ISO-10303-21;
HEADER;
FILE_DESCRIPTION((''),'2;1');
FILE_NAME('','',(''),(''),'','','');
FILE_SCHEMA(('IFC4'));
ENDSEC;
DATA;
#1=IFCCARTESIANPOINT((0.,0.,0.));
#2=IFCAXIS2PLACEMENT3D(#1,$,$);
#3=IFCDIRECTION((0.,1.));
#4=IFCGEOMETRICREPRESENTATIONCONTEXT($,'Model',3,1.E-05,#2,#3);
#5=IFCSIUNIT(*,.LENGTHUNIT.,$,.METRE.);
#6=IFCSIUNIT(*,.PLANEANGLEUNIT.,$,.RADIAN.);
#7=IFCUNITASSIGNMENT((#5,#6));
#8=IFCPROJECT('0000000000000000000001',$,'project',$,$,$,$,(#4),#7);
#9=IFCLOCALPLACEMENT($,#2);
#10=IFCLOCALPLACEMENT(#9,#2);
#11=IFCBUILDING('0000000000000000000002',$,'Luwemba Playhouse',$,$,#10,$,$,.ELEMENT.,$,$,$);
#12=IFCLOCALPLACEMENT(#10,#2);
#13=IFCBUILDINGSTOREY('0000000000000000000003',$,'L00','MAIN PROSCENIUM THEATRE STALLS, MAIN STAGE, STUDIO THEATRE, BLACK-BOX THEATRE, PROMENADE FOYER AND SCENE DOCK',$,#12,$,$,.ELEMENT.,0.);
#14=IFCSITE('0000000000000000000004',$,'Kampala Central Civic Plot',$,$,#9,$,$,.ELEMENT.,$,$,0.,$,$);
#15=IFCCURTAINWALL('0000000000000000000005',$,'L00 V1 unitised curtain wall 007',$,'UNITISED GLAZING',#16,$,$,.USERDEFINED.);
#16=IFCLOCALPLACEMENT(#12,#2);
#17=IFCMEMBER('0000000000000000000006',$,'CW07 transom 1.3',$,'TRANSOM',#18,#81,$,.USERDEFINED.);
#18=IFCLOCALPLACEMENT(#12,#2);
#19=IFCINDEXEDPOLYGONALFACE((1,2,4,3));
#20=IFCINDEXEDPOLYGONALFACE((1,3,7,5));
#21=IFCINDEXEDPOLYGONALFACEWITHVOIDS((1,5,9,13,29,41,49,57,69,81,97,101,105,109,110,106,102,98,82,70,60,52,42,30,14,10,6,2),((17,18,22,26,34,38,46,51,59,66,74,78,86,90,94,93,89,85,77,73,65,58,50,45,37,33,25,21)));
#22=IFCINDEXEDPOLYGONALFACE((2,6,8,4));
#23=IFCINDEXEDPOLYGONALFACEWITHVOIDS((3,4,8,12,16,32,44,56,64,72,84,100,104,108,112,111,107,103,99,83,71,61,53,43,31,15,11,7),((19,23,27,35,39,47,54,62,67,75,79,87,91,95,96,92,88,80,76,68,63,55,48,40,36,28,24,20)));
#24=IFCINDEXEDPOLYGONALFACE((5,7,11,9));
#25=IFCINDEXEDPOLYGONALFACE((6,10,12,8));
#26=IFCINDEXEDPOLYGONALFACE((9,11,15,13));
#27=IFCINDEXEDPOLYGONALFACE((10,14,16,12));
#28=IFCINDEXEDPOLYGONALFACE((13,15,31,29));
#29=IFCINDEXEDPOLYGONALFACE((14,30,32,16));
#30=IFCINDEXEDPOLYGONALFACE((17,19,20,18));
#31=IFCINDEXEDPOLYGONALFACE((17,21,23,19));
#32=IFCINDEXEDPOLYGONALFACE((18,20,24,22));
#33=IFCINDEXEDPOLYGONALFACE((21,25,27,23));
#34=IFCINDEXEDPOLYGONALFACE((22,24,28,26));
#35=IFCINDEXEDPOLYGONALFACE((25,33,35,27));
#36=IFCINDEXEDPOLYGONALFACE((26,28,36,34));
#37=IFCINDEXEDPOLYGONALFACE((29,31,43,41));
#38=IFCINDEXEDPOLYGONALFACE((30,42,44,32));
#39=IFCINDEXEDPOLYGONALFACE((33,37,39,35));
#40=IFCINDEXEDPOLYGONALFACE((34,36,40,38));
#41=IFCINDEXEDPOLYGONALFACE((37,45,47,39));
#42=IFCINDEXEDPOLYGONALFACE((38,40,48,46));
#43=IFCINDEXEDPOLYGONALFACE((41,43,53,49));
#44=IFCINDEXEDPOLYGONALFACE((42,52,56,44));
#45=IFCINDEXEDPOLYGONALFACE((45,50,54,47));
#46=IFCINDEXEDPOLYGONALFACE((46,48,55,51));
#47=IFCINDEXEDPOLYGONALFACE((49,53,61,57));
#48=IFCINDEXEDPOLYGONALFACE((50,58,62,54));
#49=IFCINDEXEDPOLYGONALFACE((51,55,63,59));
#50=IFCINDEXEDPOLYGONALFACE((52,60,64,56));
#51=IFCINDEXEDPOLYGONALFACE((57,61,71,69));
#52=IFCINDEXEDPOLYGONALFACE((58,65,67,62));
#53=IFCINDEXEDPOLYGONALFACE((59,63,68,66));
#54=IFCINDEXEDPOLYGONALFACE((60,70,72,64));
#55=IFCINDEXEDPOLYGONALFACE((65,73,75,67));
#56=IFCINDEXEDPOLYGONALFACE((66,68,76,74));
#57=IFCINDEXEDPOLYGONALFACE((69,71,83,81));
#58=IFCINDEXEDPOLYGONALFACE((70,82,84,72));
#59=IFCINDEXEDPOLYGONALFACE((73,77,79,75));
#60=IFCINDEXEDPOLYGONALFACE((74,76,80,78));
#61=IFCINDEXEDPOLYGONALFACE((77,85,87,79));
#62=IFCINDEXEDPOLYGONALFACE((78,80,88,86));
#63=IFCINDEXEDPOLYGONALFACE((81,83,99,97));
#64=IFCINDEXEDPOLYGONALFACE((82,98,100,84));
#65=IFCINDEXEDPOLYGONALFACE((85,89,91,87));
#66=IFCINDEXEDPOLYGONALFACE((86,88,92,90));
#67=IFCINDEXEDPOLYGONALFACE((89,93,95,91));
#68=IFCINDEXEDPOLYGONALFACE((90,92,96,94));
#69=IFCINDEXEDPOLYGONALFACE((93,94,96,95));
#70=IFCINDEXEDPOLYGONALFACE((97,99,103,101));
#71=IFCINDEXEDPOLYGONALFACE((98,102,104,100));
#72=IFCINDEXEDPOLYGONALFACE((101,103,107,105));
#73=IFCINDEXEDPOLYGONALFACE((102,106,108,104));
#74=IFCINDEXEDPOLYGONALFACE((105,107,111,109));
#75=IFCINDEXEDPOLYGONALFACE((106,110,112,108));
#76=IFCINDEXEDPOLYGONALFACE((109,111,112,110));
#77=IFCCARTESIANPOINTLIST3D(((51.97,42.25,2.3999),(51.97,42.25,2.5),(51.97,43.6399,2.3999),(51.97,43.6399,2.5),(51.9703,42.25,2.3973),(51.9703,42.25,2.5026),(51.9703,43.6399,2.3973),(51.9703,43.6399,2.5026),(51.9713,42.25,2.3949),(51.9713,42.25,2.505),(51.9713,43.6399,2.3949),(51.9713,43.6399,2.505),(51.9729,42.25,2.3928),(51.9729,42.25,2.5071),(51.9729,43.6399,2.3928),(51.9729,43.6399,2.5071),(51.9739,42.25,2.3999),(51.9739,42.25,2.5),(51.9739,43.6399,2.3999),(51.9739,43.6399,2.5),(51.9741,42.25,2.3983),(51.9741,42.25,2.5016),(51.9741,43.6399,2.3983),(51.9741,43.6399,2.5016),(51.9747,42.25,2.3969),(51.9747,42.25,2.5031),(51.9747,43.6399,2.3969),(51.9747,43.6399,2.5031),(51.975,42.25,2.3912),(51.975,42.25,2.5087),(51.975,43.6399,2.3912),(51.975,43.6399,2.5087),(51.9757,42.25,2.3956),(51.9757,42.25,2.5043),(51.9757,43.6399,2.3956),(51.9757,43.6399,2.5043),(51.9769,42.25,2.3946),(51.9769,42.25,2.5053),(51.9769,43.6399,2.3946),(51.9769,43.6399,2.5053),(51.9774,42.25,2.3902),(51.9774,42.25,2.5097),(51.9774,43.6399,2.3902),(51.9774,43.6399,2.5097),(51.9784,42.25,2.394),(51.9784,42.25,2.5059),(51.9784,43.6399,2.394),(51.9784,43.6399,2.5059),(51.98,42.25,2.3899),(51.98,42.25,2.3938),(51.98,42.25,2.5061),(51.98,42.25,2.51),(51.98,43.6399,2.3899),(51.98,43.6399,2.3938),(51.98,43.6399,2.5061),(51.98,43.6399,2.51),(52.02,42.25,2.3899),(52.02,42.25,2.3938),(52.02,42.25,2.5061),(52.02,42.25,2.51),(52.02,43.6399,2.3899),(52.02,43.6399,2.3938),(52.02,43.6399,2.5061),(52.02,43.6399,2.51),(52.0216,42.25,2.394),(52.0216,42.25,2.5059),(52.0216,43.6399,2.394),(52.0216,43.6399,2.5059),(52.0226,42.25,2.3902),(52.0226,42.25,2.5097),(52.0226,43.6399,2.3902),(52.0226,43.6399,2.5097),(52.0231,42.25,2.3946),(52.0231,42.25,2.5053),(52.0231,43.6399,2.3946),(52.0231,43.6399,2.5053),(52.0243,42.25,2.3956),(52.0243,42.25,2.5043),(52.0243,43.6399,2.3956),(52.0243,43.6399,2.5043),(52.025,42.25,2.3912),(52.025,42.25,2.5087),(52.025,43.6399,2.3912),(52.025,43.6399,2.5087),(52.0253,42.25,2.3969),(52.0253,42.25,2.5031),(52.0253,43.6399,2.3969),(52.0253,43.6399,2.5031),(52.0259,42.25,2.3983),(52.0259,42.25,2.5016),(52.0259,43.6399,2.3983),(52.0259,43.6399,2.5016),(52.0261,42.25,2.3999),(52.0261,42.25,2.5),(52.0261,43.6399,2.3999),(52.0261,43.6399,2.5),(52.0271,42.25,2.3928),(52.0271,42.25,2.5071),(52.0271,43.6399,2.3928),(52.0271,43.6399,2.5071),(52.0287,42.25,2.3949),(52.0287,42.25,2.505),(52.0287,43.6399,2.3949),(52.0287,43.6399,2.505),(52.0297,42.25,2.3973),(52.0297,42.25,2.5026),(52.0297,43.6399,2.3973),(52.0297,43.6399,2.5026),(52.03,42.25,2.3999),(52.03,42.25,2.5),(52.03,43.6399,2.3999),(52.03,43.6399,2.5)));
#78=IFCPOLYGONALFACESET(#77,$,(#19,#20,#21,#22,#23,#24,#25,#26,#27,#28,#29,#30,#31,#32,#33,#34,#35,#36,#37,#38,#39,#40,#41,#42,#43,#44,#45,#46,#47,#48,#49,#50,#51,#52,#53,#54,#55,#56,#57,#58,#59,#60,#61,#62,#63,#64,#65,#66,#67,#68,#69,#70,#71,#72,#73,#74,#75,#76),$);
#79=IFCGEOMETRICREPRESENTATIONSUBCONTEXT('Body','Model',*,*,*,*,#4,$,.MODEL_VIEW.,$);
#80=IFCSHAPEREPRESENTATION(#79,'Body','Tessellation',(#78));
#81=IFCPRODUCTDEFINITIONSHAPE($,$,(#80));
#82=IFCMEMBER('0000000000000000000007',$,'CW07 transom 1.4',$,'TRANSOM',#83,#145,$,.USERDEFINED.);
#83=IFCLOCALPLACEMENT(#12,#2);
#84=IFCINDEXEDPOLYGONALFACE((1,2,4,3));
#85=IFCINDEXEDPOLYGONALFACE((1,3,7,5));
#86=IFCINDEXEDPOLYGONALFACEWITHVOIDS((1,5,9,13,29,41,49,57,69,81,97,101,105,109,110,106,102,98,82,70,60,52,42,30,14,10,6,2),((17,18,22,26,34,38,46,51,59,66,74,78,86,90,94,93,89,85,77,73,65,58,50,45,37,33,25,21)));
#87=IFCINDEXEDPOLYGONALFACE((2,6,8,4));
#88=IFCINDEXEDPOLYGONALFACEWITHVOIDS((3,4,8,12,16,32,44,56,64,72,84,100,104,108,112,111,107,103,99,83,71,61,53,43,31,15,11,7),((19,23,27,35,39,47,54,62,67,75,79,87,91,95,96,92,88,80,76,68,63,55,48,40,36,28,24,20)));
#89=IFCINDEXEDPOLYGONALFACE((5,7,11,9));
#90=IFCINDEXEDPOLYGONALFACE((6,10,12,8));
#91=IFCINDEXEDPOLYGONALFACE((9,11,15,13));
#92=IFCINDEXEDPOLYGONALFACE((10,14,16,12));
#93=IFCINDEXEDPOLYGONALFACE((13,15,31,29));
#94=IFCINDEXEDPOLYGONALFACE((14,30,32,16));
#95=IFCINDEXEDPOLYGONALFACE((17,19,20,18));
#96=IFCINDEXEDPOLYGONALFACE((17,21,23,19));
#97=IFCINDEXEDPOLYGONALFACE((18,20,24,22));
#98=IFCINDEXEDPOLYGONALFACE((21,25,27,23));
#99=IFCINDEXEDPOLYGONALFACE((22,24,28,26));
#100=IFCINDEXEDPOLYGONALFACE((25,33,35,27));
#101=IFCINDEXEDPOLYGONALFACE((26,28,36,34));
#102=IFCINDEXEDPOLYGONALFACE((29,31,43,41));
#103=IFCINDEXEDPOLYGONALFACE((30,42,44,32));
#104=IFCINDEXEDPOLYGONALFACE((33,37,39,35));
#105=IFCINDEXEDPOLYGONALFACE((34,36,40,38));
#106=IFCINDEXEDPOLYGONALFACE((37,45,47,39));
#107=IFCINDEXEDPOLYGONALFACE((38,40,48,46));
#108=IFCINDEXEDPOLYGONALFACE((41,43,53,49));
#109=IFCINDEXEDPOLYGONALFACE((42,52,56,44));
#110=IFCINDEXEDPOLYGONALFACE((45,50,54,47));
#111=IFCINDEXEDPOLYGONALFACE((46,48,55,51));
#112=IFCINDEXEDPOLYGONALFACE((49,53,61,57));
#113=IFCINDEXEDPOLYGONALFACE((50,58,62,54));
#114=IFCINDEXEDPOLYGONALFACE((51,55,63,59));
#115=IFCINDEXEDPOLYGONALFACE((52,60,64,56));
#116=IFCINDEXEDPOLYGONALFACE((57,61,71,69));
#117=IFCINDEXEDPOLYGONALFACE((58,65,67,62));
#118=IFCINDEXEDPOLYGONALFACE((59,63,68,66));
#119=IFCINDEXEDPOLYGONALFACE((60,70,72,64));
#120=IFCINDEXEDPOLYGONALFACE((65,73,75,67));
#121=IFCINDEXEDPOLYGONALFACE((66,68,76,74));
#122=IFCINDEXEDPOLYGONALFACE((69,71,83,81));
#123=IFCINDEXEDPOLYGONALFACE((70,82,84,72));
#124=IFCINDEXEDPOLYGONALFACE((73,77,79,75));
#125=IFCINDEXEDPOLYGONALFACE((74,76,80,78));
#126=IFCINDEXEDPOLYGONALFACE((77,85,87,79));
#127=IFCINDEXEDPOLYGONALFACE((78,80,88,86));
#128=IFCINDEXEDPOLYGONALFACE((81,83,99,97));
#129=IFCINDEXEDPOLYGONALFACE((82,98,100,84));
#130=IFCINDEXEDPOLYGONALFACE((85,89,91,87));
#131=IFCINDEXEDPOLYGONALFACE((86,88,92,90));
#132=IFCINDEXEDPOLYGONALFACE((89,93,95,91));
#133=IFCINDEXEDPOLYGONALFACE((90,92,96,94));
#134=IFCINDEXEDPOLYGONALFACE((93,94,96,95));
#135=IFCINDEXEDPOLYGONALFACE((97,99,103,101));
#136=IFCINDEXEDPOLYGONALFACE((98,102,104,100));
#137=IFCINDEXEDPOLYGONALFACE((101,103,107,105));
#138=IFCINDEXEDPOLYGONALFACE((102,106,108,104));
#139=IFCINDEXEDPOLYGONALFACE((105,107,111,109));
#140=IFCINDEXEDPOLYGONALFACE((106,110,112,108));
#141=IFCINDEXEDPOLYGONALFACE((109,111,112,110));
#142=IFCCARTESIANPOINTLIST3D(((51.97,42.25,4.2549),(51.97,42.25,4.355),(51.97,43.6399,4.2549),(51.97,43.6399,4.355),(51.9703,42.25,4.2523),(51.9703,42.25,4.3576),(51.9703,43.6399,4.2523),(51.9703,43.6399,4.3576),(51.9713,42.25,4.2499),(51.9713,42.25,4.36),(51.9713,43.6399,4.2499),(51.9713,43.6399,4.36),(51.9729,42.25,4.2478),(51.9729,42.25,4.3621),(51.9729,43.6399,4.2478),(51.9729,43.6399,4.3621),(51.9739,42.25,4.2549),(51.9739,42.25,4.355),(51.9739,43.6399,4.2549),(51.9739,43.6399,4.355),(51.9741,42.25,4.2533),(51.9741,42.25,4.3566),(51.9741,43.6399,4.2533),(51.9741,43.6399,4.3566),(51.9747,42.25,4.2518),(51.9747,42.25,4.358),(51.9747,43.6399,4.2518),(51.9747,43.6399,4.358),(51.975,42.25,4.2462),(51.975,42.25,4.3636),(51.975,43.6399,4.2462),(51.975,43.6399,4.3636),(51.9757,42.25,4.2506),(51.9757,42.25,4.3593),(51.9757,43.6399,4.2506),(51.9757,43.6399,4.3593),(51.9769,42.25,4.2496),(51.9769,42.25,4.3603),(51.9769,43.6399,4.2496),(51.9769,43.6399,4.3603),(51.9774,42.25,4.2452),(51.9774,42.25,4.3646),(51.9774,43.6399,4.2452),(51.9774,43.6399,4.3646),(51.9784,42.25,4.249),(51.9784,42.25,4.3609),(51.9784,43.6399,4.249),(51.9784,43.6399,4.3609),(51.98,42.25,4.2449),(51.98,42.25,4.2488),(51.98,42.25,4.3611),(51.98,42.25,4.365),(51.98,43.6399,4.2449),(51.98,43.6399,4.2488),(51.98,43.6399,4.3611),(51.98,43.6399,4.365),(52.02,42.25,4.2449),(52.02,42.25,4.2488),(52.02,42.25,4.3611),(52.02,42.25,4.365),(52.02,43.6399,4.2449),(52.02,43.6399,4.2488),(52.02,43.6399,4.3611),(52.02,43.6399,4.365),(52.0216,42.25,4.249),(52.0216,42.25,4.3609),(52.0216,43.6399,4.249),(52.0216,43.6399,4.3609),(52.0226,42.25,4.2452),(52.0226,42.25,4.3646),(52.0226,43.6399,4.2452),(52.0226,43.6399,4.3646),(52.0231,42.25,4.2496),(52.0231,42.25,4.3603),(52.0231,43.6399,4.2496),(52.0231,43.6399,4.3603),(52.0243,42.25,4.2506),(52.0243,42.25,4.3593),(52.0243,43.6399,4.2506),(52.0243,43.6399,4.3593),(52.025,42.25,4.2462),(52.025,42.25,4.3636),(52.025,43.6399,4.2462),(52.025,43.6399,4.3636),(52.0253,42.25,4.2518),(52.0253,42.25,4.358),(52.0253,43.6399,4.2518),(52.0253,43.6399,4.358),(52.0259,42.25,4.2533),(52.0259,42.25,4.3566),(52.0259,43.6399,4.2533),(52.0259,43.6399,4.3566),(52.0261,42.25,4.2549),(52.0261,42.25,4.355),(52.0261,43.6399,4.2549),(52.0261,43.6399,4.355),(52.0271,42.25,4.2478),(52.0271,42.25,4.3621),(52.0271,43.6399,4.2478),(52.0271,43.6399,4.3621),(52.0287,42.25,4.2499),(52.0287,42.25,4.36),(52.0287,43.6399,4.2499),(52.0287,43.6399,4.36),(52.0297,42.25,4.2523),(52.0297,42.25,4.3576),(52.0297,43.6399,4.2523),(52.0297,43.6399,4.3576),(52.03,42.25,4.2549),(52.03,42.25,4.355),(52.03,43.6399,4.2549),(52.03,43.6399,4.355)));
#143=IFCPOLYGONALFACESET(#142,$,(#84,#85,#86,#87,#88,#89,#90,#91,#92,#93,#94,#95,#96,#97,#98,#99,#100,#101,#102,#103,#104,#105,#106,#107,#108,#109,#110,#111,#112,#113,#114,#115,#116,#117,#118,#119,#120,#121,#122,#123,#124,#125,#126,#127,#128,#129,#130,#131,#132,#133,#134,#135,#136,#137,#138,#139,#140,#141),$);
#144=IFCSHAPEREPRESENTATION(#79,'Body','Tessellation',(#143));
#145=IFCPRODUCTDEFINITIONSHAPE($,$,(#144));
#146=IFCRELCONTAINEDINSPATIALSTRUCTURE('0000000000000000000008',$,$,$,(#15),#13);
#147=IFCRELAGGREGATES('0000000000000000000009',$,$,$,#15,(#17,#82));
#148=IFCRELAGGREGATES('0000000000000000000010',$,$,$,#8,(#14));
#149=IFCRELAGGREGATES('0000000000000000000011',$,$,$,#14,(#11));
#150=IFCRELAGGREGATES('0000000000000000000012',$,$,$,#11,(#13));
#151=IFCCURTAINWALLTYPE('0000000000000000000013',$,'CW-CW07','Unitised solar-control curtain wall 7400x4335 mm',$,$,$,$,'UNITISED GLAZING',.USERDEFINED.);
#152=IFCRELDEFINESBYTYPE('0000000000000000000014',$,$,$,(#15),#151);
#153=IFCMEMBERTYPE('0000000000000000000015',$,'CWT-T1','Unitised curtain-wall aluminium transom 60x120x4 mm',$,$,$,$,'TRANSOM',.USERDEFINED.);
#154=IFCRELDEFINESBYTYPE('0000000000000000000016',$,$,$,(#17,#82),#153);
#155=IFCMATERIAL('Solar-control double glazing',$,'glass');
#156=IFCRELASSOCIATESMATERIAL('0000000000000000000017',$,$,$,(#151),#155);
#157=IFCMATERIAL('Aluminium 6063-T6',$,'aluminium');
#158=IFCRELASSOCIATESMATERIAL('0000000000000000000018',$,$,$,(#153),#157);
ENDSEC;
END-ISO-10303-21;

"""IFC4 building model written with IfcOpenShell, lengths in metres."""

from ifc_helpers import new_model, si_unit, direction, frame, origin, origin_2d, place, context, subcontext, project, spatial, hollow_rectangle, extrude, material, material_profile, profile_set, type_object, element, aggregate, save


model = new_model("IFC4")

# Units and contexts
model_context = context("Model", 3, precision=1e-05, world=origin(), true_north=direction((0.0, 1.0)))
body_context = subcontext(model_context, "Body", "Model", "MODEL_VIEW")
ifc_project = project(units=[si_unit("LENGTHUNIT", "METRE"), si_unit("PLANEANGLEUNIT", "RADIAN")], contexts=[model_context])

# Site, building, storey
site_placement = place(None, origin())
site = spatial("IfcSite", under=ifc_project, at=site_placement, Name="Kampala Central Civic Plot", CompositionType="ELEMENT", RefElevation=0.0)
building_placement = place(site_placement, origin())
building = spatial("IfcBuilding", under=site, at=building_placement, Name="Luwemba Playhouse", CompositionType="ELEMENT")
storey_placement = place(building_placement, origin())
storey = spatial("IfcBuildingStorey", under=building, at=storey_placement, Name="L00", Description="MAIN PROSCENIUM THEATRE STALLS, MAIN STAGE, STUDIO THEATRE, BLACK-BOX THEATRE, PROMENADE FOYER AND SCENE DOCK", CompositionType="ELEMENT", Elevation=0.0)

# Curtain wall
ifc_material_1 = material(Name="Solar-control double glazing", Category="glass")
curtain_wall_type_1 = type_object("IfcCurtainWallType", Name="CW-CW07", Description="Unitised solar-control curtain wall 7400x4335 mm", ElementType="UNITISED GLAZING", PredefinedType="USERDEFINED", material=ifc_material_1)
curtain_wall_1_placement = place(storey_placement, origin())
curtain_wall_1 = element("IfcCurtainWall", 1, at=curtain_wall_1_placement, inside=storey, type_object=curtain_wall_type_1, Name="L00 V1 unitised curtain wall 007", ObjectType="UNITISED GLAZING", PredefinedType="USERDEFINED")
ifc_material_2 = material(Name="Aluminium 6063-T6", Category="aluminium")

# Members
ifc_material_profile_1 = material_profile(ifc_material_2, hollow_rectangle(XDim=0.0601, YDim=0.1201, WallThickness=0.0039, InnerFilletRadius=0.0061, OuterFilletRadius=0.01, at=origin_2d()))
ifc_profile_set_1 = profile_set([ifc_material_profile_1], Name="Aluminium 6063-T6")
member_type_1 = type_object("IfcMemberType", Name="CWT-T1", Description="Unitised curtain-wall aluminium transom 60x120x4 mm", ElementType="TRANSOM", PredefinedType="USERDEFINED", material=ifc_profile_set_1)
member_1_placement = place(storey_placement, frame((52.0, 43.6399, 2.45), z_axis=(0.0, -1.0, 0.0), x_axis=(1.0, 0.0, 0.0)))
member_1 = element("IfcMember", 2, at=member_1_placement, type_object=member_type_1, Name="CW07 transom 1.3", ObjectType="TRANSOM", PredefinedType="USERDEFINED", context=body_context, shape_type="SweptSolid", body=[
    extrude(hollow_rectangle(XDim=0.0601, YDim=0.1201, WallThickness=0.0039, InnerFilletRadius=0.0061, OuterFilletRadius=0.01, at=origin_2d()), origin(), (0.0, 0.0, 1.0), 1.3899),
])
member_2_placement = place(storey_placement, frame((52.0, 43.6399, 4.3049), z_axis=(0.0, -1.0, 0.0), x_axis=(1.0, 0.0, 0.0)))
member_2 = element("IfcMember", 3, at=member_2_placement, type_object=member_type_1, Name="CW07 transom 1.4", ObjectType="TRANSOM", PredefinedType="USERDEFINED", context=body_context, shape_type="SweptSolid", body=[
    extrude(hollow_rectangle(XDim=0.0601, YDim=0.1201, WallThickness=0.0039, InnerFilletRadius=0.0061, OuterFilletRadius=0.01, at=origin_2d()), origin(), (0.0, 0.0, 1.0), 1.3899),
])

aggregate(curtain_wall_1, [member_1, member_2])

save(model, "model.ifc")
